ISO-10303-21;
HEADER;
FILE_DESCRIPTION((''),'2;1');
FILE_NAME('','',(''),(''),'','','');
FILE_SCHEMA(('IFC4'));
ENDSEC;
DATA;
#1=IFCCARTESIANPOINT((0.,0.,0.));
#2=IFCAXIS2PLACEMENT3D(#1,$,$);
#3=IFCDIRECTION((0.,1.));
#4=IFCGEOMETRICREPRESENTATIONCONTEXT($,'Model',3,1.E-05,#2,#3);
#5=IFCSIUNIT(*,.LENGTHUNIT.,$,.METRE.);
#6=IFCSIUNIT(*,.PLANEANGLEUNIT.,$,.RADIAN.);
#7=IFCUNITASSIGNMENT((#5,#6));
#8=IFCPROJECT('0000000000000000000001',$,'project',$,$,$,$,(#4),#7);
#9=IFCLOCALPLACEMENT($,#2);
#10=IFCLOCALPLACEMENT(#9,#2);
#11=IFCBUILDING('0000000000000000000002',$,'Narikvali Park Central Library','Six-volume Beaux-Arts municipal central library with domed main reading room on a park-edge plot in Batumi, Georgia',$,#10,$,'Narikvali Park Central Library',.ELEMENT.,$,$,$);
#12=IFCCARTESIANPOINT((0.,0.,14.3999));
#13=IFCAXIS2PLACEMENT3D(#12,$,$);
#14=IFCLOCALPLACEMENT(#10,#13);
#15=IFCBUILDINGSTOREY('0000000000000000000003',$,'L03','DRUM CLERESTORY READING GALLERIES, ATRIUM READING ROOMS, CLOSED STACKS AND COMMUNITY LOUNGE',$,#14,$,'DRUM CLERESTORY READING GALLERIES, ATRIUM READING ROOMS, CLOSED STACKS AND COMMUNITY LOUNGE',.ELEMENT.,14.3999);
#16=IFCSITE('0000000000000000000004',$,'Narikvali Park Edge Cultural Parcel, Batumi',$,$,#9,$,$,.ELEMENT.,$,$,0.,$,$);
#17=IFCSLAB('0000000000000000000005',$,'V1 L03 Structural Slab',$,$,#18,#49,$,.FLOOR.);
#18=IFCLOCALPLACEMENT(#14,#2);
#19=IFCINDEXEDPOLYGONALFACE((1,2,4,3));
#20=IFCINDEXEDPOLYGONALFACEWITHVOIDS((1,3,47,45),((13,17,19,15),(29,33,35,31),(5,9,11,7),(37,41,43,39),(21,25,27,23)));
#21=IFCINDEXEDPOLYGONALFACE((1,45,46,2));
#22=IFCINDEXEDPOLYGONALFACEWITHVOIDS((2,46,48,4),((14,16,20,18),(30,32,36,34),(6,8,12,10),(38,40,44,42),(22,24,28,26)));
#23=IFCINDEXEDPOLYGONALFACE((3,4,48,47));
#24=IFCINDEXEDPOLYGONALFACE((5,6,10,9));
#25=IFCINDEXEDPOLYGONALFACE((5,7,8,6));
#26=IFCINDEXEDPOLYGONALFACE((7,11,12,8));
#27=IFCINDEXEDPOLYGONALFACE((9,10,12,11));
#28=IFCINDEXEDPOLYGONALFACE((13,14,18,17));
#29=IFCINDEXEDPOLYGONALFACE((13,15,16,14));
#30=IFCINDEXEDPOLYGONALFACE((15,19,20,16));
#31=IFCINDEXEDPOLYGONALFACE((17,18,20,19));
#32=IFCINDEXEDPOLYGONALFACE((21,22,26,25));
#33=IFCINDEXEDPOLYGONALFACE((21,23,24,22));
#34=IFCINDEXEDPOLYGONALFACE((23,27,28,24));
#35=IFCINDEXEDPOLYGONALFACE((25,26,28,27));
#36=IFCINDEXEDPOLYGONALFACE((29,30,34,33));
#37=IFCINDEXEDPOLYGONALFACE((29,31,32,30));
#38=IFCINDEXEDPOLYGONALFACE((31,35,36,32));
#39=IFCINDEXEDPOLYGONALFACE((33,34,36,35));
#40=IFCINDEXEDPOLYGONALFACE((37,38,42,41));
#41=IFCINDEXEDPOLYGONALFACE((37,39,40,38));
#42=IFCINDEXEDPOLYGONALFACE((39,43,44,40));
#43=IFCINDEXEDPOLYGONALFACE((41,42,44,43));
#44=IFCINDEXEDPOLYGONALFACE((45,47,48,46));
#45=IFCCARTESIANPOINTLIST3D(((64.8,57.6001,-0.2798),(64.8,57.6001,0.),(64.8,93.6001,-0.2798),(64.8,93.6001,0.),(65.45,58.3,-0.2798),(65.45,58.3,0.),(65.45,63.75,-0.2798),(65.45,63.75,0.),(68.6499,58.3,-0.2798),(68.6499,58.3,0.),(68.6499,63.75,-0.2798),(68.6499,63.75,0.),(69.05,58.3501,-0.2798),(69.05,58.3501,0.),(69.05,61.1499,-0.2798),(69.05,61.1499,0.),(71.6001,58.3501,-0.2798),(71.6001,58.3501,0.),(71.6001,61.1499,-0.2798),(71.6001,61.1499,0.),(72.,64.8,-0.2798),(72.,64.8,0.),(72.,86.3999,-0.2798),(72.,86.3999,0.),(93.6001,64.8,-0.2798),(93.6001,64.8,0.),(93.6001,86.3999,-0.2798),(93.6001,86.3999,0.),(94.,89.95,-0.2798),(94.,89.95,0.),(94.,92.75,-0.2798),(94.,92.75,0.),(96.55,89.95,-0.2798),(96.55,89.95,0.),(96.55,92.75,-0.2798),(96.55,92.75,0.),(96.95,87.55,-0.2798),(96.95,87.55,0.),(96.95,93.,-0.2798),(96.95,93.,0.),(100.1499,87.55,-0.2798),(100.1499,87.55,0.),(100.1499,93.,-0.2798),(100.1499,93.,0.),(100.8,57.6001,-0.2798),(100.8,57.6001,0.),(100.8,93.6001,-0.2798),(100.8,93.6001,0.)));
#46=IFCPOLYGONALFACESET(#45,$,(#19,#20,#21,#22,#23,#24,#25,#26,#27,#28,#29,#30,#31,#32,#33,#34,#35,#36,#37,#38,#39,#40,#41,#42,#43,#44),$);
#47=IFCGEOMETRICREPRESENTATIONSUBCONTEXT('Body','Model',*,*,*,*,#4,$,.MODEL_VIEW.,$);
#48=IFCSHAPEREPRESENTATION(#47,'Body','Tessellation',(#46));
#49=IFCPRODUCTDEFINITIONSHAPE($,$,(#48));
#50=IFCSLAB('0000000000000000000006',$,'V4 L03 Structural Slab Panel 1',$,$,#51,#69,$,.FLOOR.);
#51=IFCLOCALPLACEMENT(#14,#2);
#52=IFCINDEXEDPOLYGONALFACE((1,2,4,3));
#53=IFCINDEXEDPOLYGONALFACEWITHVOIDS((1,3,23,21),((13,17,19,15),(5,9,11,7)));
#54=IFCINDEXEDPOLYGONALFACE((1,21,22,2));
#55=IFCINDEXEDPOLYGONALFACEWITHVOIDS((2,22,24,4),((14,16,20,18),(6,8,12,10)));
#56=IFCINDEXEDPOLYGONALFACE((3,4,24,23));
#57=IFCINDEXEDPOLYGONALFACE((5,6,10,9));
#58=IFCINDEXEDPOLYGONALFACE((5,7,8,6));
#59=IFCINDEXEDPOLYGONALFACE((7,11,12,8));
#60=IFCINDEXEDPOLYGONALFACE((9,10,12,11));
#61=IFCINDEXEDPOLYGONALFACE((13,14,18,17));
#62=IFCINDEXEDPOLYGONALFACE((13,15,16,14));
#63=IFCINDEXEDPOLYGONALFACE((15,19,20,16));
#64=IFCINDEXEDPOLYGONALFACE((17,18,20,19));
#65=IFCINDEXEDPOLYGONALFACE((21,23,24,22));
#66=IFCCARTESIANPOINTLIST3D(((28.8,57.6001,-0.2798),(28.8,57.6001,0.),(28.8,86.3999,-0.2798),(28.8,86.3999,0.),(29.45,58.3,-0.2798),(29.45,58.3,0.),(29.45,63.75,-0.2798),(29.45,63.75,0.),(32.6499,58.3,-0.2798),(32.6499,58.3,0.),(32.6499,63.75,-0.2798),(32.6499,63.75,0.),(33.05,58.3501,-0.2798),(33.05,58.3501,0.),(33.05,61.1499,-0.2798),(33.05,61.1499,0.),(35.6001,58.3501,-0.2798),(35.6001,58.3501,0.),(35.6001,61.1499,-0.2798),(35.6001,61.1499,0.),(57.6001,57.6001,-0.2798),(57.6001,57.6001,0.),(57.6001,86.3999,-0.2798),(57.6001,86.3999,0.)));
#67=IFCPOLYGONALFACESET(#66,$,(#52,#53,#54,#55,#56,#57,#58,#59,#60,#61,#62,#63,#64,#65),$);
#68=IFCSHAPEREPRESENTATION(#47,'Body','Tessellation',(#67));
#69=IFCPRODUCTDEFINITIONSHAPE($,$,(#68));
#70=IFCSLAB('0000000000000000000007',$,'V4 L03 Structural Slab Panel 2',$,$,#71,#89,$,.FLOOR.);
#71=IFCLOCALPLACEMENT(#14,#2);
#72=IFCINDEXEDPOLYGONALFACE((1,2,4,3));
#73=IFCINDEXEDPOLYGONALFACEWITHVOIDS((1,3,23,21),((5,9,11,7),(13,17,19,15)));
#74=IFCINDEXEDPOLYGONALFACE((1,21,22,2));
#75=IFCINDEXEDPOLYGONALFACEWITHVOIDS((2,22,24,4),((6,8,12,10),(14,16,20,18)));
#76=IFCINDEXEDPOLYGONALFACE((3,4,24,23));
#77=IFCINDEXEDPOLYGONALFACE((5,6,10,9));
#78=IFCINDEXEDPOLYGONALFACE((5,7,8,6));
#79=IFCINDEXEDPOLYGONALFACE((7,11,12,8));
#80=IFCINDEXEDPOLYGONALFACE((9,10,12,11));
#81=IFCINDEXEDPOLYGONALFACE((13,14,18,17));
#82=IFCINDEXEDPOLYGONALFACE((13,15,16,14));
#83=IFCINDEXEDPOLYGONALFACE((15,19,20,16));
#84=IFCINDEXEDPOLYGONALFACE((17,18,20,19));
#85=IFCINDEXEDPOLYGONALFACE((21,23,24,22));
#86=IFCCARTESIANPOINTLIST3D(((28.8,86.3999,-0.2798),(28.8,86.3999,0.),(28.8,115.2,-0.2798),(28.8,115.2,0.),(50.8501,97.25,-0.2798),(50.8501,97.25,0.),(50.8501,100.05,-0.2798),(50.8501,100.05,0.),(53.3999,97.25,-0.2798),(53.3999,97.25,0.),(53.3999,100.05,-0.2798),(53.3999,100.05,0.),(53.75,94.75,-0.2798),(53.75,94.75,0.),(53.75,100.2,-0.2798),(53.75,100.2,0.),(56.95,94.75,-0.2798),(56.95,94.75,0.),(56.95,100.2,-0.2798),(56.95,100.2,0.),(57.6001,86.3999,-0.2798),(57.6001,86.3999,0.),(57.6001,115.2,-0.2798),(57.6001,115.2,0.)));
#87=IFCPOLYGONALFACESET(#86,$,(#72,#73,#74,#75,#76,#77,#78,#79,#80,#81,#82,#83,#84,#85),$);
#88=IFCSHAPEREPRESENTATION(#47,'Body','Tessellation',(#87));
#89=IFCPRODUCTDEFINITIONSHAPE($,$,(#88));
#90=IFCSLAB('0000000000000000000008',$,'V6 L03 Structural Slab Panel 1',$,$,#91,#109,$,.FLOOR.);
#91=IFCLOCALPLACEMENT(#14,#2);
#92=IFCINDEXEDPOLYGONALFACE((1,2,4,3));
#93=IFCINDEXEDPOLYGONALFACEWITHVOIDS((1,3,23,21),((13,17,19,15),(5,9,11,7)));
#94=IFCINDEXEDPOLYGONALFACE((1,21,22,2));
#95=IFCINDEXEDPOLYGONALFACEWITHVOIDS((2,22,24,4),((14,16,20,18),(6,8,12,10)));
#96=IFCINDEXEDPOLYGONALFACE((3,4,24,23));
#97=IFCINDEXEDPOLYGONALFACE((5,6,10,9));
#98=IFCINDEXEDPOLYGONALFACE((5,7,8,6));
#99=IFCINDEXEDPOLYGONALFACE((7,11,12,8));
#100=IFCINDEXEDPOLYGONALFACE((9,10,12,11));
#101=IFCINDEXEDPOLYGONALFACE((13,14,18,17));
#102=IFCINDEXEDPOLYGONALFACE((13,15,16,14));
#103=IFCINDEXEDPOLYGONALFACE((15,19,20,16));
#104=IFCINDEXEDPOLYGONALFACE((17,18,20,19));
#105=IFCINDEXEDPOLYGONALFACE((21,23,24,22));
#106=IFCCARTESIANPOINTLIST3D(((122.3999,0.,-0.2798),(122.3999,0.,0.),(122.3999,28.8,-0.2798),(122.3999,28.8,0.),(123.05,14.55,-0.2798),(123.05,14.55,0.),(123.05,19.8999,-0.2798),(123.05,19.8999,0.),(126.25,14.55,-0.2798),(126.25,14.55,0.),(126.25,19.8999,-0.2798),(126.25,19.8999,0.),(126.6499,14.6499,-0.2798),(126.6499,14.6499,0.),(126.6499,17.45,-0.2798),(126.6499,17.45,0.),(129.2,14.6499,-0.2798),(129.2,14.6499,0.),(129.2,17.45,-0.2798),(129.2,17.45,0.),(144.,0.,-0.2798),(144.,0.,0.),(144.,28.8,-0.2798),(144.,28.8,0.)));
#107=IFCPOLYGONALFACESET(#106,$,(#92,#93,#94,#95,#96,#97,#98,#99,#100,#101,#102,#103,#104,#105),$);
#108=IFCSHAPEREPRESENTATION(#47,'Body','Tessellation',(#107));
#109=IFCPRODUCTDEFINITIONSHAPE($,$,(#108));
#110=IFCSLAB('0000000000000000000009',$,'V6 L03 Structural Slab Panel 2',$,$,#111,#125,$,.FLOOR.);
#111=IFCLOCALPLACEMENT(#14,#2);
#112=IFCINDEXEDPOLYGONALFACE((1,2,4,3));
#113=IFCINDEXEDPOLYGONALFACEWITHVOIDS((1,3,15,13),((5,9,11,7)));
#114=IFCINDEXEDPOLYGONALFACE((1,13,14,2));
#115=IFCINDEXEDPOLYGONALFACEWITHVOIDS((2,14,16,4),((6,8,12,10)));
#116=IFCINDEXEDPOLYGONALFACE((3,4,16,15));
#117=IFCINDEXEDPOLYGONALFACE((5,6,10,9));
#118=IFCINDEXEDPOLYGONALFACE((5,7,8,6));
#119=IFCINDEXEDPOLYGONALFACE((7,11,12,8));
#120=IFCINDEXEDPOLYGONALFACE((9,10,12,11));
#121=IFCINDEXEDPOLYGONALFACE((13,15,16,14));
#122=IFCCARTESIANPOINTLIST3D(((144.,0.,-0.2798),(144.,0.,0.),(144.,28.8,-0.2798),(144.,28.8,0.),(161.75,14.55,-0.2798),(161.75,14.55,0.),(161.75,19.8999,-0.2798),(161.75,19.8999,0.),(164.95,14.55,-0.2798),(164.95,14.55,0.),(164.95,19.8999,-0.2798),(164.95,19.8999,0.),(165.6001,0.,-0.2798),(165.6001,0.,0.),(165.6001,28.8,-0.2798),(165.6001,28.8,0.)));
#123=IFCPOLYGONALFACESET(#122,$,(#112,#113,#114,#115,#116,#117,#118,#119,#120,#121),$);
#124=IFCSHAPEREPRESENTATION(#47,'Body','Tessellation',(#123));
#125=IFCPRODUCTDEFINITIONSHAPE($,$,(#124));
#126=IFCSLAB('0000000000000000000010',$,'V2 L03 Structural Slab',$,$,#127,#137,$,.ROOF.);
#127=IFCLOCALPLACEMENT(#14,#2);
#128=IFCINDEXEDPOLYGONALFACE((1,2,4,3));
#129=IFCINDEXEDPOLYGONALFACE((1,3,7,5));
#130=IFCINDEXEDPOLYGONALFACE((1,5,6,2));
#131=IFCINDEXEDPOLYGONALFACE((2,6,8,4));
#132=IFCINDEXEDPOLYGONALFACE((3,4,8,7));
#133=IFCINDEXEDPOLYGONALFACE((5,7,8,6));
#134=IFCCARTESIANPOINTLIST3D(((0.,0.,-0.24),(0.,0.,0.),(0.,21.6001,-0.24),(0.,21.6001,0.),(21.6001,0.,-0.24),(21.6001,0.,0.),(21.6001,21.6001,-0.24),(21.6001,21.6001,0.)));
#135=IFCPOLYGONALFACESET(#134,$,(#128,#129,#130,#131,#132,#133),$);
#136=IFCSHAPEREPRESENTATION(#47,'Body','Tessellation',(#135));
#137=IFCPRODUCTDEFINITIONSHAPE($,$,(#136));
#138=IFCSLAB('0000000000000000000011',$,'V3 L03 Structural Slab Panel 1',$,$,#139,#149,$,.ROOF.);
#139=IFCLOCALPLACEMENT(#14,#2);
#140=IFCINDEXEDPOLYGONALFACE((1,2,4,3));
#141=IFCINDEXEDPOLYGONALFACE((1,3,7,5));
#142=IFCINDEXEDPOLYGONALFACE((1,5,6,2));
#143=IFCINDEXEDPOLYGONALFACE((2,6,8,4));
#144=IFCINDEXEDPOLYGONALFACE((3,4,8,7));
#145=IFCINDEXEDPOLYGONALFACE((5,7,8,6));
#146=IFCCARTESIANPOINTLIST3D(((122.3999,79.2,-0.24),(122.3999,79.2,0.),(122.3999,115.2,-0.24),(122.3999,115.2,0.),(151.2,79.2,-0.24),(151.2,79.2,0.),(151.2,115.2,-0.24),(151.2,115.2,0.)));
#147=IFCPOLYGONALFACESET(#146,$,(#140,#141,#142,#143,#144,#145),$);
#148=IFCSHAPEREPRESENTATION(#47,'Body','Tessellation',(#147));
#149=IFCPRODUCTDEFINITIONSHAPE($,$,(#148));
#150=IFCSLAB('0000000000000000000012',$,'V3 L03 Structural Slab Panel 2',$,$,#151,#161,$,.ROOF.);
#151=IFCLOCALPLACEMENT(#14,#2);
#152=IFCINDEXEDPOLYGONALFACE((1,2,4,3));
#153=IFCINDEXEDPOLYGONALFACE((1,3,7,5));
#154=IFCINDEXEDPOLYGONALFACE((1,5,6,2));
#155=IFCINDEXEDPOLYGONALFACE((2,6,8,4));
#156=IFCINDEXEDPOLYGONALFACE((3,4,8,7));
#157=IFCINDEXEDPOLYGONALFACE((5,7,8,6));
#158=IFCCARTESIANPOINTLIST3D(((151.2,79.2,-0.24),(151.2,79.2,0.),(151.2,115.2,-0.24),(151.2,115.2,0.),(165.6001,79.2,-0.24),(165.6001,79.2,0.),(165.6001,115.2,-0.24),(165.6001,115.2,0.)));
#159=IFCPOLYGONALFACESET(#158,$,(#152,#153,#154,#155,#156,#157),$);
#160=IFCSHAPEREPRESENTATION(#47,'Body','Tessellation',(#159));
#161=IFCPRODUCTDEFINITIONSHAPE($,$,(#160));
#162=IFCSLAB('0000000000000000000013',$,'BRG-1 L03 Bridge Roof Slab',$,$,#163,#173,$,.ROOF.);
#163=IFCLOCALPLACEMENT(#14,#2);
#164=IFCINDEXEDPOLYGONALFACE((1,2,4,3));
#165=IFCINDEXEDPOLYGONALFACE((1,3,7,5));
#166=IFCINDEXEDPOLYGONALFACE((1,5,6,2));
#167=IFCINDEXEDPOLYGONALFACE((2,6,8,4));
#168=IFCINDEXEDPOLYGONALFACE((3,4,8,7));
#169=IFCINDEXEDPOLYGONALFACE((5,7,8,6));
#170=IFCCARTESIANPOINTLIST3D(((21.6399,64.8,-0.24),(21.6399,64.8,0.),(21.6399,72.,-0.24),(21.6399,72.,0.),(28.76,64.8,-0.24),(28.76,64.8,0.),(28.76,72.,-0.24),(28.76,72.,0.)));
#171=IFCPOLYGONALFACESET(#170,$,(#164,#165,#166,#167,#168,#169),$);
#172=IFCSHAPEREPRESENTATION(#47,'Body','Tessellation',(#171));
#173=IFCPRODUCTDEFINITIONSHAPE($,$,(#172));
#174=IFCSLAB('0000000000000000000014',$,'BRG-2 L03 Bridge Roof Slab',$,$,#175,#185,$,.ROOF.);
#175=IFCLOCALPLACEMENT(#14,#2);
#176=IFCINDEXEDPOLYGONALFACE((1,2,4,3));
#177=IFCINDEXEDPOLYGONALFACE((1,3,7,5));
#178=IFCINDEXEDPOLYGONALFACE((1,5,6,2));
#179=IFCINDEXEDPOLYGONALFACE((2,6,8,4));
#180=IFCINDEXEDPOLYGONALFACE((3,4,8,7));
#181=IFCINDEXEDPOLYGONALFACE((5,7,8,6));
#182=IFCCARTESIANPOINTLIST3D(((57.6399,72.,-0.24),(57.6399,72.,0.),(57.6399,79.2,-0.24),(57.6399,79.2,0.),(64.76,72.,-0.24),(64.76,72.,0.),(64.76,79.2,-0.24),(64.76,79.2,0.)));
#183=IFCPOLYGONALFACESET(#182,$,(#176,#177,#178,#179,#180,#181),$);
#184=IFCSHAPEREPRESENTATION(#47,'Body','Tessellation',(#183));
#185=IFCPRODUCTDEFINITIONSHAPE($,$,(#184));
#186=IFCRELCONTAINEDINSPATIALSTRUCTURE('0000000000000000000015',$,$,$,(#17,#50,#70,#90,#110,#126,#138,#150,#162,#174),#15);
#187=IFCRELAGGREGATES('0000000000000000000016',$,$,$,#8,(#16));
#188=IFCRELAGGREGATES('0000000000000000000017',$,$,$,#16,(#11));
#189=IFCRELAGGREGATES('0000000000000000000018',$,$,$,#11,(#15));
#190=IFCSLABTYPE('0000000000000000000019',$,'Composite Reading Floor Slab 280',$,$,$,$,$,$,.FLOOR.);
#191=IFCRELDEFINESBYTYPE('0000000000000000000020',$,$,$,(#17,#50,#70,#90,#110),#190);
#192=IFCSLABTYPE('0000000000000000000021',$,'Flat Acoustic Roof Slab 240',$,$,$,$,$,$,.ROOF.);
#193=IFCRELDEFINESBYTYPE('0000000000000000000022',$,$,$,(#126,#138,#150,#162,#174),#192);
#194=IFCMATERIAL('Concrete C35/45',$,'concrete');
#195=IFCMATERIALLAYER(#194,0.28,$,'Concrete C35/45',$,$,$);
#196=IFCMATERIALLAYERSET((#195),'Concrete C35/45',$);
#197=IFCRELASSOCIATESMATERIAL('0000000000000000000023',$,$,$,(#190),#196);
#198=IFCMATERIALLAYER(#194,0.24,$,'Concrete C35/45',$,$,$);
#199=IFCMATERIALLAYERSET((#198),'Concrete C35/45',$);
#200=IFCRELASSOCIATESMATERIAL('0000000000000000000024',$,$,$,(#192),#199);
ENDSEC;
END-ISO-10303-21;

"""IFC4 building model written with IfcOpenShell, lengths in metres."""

from ifc_helpers import new_model, si_unit, direction, frame, origin, place, context, subcontext, project, spatial, polyline, outline, extrude, material, layer, layer_set, type_object, element, save


model = new_model("IFC4")

# Units and contexts
model_context = context("Model", 3, precision=1e-05, world=origin(), true_north=direction((0.0, 1.0)))
body_context = subcontext(model_context, "Body", "Model", "MODEL_VIEW")
ifc_project = project(units=[si_unit("LENGTHUNIT", "METRE"), si_unit("PLANEANGLEUNIT", "RADIAN")], contexts=[model_context])

# Site, building, storey
site_placement = place(None, origin())
site = spatial("IfcSite", under=ifc_project, at=site_placement, Name="Narikvali Park Edge Cultural Parcel, Batumi", CompositionType="ELEMENT", RefElevation=0.0)
building_placement = place(site_placement, origin())
building = spatial("IfcBuilding", under=site, at=building_placement, Name="Narikvali Park Central Library", Description="Six-volume Beaux-Arts municipal central library with domed main reading room on a park-edge plot in Batumi, Georgia", LongName="Narikvali Park Central Library", CompositionType="ELEMENT")
storey_placement = place(building_placement, frame((0.0, 0.0, 14.3999)))
storey = spatial("IfcBuildingStorey", under=building, at=storey_placement, Name="L03", Description="DRUM CLERESTORY READING GALLERIES, ATRIUM READING ROOMS, CLOSED STACKS AND COMMUNITY LOUNGE", LongName="DRUM CLERESTORY READING GALLERIES, ATRIUM READING ROOMS, CLOSED STACKS AND COMMUNITY LOUNGE", CompositionType="ELEMENT", Elevation=14.3999)

# Slabs
ifc_material_1 = material(Name="Concrete C35/45", Category="concrete")
ifc_layer_1 = layer(ifc_material_1, 0.28, Name="Concrete C35/45")
ifc_layer_set_1 = layer_set([ifc_layer_1], Name="Concrete C35/45")
slab_type_1 = type_object("IfcSlabType", Name="Composite Reading Floor Slab 280", PredefinedType="FLOOR", material=ifc_layer_set_1)
slab_1_placement = place(storey_placement, frame((0.0, 0.0, -0.2798)))
element("IfcSlab", 1, at=slab_1_placement, inside=storey, type_object=slab_type_1, Name="V1 L03 Structural Slab", PredefinedType="FLOOR", context=body_context, shape_type="SweptSolid", body=[
    extrude(outline(polyline([(64.8, 57.6001), (100.8, 57.6001), (100.8, 93.6001), (64.8, 93.6001), (64.8, 57.6001)]), holes=[polyline([(65.45, 58.3), (68.6499, 58.3), (68.6499, 63.75), (65.45, 63.75), (65.45, 58.3)]), polyline([(69.05, 58.3501), (71.6001, 58.3501), (71.6001, 61.1499), (69.05, 61.1499), (69.05, 58.3501)]), polyline([(96.95, 87.55), (100.1499, 87.55), (100.1499, 93.0), (96.95, 93.0), (96.95, 87.55)]), polyline([(94.0, 89.95), (96.55, 89.95), (96.55, 92.75), (94.0, 92.75), (94.0, 89.95)]), polyline([(72.0, 64.8), (93.6001, 64.8), (93.6001, 86.3999), (72.0, 86.3999), (72.0, 64.8)])]), origin(), (0.0, 0.0, 1.0), 0.2798),
])
slab_2_placement = place(storey_placement, frame((0.0, 0.0, -0.2798)))
element("IfcSlab", 2, at=slab_2_placement, inside=storey, type_object=slab_type_1, Name="V4 L03 Structural Slab Panel 1", PredefinedType="FLOOR", context=body_context, shape_type="SweptSolid", body=[
    extrude(outline(polyline([(28.8, 57.6001), (57.6001, 57.6001), (57.6001, 86.3999), (28.8, 86.3999), (28.8, 57.6001)]), holes=[polyline([(29.45, 58.3), (32.6499, 58.3), (32.6499, 63.75), (29.45, 63.75), (29.45, 58.3)]), polyline([(33.05, 58.3501), (35.6001, 58.3501), (35.6001, 61.1499), (33.05, 61.1499), (33.05, 58.3501)])]), origin(), (0.0, 0.0, 1.0), 0.2798),
])
slab_3_placement = place(storey_placement, frame((0.0, 0.0, -0.2798)))
element("IfcSlab", 3, at=slab_3_placement, inside=storey, type_object=slab_type_1, Name="V4 L03 Structural Slab Panel 2", PredefinedType="FLOOR", context=body_context, shape_type="SweptSolid", body=[
    extrude(outline(polyline([(28.8, 86.3999), (57.6001, 86.3999), (57.6001, 115.2), (28.8, 115.2), (28.8, 86.3999)]), holes=[polyline([(53.75, 94.75), (56.95, 94.75), (56.95, 100.2), (53.75, 100.2), (53.75, 94.75)]), polyline([(50.8501, 97.25), (53.3999, 97.25), (53.3999, 100.05), (50.8501, 100.05), (50.8501, 97.25)])]), origin(), (0.0, 0.0, 1.0), 0.2798),
])
slab_4_placement = place(storey_placement, frame((0.0, 0.0, -0.2798)))
element("IfcSlab", 4, at=slab_4_placement, inside=storey, type_object=slab_type_1, Name="V6 L03 Structural Slab Panel 1", PredefinedType="FLOOR", context=body_context, shape_type="SweptSolid", body=[
    extrude(outline(polyline([(122.3999, 0.0), (144.0, 0.0), (144.0, 28.8), (122.3999, 28.8), (122.3999, 0.0)]), holes=[polyline([(123.05, 14.55), (126.25, 14.55), (126.25, 19.8999), (123.05, 19.8999), (123.05, 14.55)]), polyline([(126.6499, 14.6499), (129.2, 14.6499), (129.2, 17.45), (126.6499, 17.45), (126.6499, 14.6499)])]), origin(), (0.0, 0.0, 1.0), 0.2798),
])
slab_5_placement = place(storey_placement, frame((0.0, 0.0, -0.2798)))
element("IfcSlab", 5, at=slab_5_placement, inside=storey, type_object=slab_type_1, Name="V6 L03 Structural Slab Panel 2", PredefinedType="FLOOR", context=body_context, shape_type="SweptSolid", body=[
    extrude(outline(polyline([(144.0, 0.0), (165.6001, 0.0), (165.6001, 28.8), (144.0, 28.8), (144.0, 0.0)]), holes=[polyline([(161.75, 14.55), (164.95, 14.55), (164.95, 19.8999), (161.75, 19.8999), (161.75, 14.55)])]), origin(), (0.0, 0.0, 1.0), 0.2798),
])
ifc_layer_2 = layer(ifc_material_1, 0.24, Name="Concrete C35/45")
ifc_layer_set_2 = layer_set([ifc_layer_2], Name="Concrete C35/45")
slab_type_2 = type_object("IfcSlabType", Name="Flat Acoustic Roof Slab 240", PredefinedType="ROOF", material=ifc_layer_set_2)
slab_6_placement = place(storey_placement, frame((0.0, 0.0, -0.24)))
element("IfcSlab", 6, at=slab_6_placement, inside=storey, type_object=slab_type_2, Name="V2 L03 Structural Slab", PredefinedType="ROOF", context=body_context, shape_type="SweptSolid", body=[
    extrude(outline(polyline([(0.0, 0.0), (21.6001, 0.0), (21.6001, 21.6001), (0.0, 21.6001), (0.0, 0.0)])), origin(), (0.0, 0.0, 1.0), 0.24),
])
slab_7_placement = place(storey_placement, frame((0.0, 0.0, -0.24)))
element("IfcSlab", 7, at=slab_7_placement, inside=storey, type_object=slab_type_2, Name="V3 L03 Structural Slab Panel 1", PredefinedType="ROOF", context=body_context, shape_type="SweptSolid", body=[
    extrude(outline(polyline([(122.3999, 79.2), (151.2, 79.2), (151.2, 115.2), (122.3999, 115.2), (122.3999, 79.2)])), origin(), (0.0, 0.0, 1.0), 0.24),
])
slab_8_placement = place(storey_placement, frame((0.0, 0.0, -0.24)))
element("IfcSlab", 8, at=slab_8_placement, inside=storey, type_object=slab_type_2, Name="V3 L03 Structural Slab Panel 2", PredefinedType="ROOF", context=body_context, shape_type="SweptSolid", body=[
    extrude(outline(polyline([(151.2, 79.2), (165.6001, 79.2), (165.6001, 115.2), (151.2, 115.2), (151.2, 79.2)])), origin(), (0.0, 0.0, 1.0), 0.24),
])
slab_9_placement = place(storey_placement, frame((0.0, 0.0, -0.24)))
element("IfcSlab", 9, at=slab_9_placement, inside=storey, type_object=slab_type_2, Name="BRG-1 L03 Bridge Roof Slab", PredefinedType="ROOF", context=body_context, shape_type="SweptSolid", body=[
    extrude(outline(polyline([(21.6399, 64.8), (28.76, 64.8), (28.76, 72.0), (21.6399, 72.0), (21.6399, 64.8)])), origin(), (0.0, 0.0, 1.0), 0.24),
])
slab_10_placement = place(storey_placement, frame((0.0, 0.0, -0.24)))
element("IfcSlab", 10, at=slab_10_placement, inside=storey, type_object=slab_type_2, Name="BRG-2 L03 Bridge Roof Slab", PredefinedType="ROOF", context=body_context, shape_type="SweptSolid", body=[
    extrude(outline(polyline([(57.6399, 72.0), (64.76, 72.0), (64.76, 79.2), (57.6399, 79.2), (57.6399, 72.0)])), origin(), (0.0, 0.0, 1.0), 0.24),
])

save(model, "model.ifc")
